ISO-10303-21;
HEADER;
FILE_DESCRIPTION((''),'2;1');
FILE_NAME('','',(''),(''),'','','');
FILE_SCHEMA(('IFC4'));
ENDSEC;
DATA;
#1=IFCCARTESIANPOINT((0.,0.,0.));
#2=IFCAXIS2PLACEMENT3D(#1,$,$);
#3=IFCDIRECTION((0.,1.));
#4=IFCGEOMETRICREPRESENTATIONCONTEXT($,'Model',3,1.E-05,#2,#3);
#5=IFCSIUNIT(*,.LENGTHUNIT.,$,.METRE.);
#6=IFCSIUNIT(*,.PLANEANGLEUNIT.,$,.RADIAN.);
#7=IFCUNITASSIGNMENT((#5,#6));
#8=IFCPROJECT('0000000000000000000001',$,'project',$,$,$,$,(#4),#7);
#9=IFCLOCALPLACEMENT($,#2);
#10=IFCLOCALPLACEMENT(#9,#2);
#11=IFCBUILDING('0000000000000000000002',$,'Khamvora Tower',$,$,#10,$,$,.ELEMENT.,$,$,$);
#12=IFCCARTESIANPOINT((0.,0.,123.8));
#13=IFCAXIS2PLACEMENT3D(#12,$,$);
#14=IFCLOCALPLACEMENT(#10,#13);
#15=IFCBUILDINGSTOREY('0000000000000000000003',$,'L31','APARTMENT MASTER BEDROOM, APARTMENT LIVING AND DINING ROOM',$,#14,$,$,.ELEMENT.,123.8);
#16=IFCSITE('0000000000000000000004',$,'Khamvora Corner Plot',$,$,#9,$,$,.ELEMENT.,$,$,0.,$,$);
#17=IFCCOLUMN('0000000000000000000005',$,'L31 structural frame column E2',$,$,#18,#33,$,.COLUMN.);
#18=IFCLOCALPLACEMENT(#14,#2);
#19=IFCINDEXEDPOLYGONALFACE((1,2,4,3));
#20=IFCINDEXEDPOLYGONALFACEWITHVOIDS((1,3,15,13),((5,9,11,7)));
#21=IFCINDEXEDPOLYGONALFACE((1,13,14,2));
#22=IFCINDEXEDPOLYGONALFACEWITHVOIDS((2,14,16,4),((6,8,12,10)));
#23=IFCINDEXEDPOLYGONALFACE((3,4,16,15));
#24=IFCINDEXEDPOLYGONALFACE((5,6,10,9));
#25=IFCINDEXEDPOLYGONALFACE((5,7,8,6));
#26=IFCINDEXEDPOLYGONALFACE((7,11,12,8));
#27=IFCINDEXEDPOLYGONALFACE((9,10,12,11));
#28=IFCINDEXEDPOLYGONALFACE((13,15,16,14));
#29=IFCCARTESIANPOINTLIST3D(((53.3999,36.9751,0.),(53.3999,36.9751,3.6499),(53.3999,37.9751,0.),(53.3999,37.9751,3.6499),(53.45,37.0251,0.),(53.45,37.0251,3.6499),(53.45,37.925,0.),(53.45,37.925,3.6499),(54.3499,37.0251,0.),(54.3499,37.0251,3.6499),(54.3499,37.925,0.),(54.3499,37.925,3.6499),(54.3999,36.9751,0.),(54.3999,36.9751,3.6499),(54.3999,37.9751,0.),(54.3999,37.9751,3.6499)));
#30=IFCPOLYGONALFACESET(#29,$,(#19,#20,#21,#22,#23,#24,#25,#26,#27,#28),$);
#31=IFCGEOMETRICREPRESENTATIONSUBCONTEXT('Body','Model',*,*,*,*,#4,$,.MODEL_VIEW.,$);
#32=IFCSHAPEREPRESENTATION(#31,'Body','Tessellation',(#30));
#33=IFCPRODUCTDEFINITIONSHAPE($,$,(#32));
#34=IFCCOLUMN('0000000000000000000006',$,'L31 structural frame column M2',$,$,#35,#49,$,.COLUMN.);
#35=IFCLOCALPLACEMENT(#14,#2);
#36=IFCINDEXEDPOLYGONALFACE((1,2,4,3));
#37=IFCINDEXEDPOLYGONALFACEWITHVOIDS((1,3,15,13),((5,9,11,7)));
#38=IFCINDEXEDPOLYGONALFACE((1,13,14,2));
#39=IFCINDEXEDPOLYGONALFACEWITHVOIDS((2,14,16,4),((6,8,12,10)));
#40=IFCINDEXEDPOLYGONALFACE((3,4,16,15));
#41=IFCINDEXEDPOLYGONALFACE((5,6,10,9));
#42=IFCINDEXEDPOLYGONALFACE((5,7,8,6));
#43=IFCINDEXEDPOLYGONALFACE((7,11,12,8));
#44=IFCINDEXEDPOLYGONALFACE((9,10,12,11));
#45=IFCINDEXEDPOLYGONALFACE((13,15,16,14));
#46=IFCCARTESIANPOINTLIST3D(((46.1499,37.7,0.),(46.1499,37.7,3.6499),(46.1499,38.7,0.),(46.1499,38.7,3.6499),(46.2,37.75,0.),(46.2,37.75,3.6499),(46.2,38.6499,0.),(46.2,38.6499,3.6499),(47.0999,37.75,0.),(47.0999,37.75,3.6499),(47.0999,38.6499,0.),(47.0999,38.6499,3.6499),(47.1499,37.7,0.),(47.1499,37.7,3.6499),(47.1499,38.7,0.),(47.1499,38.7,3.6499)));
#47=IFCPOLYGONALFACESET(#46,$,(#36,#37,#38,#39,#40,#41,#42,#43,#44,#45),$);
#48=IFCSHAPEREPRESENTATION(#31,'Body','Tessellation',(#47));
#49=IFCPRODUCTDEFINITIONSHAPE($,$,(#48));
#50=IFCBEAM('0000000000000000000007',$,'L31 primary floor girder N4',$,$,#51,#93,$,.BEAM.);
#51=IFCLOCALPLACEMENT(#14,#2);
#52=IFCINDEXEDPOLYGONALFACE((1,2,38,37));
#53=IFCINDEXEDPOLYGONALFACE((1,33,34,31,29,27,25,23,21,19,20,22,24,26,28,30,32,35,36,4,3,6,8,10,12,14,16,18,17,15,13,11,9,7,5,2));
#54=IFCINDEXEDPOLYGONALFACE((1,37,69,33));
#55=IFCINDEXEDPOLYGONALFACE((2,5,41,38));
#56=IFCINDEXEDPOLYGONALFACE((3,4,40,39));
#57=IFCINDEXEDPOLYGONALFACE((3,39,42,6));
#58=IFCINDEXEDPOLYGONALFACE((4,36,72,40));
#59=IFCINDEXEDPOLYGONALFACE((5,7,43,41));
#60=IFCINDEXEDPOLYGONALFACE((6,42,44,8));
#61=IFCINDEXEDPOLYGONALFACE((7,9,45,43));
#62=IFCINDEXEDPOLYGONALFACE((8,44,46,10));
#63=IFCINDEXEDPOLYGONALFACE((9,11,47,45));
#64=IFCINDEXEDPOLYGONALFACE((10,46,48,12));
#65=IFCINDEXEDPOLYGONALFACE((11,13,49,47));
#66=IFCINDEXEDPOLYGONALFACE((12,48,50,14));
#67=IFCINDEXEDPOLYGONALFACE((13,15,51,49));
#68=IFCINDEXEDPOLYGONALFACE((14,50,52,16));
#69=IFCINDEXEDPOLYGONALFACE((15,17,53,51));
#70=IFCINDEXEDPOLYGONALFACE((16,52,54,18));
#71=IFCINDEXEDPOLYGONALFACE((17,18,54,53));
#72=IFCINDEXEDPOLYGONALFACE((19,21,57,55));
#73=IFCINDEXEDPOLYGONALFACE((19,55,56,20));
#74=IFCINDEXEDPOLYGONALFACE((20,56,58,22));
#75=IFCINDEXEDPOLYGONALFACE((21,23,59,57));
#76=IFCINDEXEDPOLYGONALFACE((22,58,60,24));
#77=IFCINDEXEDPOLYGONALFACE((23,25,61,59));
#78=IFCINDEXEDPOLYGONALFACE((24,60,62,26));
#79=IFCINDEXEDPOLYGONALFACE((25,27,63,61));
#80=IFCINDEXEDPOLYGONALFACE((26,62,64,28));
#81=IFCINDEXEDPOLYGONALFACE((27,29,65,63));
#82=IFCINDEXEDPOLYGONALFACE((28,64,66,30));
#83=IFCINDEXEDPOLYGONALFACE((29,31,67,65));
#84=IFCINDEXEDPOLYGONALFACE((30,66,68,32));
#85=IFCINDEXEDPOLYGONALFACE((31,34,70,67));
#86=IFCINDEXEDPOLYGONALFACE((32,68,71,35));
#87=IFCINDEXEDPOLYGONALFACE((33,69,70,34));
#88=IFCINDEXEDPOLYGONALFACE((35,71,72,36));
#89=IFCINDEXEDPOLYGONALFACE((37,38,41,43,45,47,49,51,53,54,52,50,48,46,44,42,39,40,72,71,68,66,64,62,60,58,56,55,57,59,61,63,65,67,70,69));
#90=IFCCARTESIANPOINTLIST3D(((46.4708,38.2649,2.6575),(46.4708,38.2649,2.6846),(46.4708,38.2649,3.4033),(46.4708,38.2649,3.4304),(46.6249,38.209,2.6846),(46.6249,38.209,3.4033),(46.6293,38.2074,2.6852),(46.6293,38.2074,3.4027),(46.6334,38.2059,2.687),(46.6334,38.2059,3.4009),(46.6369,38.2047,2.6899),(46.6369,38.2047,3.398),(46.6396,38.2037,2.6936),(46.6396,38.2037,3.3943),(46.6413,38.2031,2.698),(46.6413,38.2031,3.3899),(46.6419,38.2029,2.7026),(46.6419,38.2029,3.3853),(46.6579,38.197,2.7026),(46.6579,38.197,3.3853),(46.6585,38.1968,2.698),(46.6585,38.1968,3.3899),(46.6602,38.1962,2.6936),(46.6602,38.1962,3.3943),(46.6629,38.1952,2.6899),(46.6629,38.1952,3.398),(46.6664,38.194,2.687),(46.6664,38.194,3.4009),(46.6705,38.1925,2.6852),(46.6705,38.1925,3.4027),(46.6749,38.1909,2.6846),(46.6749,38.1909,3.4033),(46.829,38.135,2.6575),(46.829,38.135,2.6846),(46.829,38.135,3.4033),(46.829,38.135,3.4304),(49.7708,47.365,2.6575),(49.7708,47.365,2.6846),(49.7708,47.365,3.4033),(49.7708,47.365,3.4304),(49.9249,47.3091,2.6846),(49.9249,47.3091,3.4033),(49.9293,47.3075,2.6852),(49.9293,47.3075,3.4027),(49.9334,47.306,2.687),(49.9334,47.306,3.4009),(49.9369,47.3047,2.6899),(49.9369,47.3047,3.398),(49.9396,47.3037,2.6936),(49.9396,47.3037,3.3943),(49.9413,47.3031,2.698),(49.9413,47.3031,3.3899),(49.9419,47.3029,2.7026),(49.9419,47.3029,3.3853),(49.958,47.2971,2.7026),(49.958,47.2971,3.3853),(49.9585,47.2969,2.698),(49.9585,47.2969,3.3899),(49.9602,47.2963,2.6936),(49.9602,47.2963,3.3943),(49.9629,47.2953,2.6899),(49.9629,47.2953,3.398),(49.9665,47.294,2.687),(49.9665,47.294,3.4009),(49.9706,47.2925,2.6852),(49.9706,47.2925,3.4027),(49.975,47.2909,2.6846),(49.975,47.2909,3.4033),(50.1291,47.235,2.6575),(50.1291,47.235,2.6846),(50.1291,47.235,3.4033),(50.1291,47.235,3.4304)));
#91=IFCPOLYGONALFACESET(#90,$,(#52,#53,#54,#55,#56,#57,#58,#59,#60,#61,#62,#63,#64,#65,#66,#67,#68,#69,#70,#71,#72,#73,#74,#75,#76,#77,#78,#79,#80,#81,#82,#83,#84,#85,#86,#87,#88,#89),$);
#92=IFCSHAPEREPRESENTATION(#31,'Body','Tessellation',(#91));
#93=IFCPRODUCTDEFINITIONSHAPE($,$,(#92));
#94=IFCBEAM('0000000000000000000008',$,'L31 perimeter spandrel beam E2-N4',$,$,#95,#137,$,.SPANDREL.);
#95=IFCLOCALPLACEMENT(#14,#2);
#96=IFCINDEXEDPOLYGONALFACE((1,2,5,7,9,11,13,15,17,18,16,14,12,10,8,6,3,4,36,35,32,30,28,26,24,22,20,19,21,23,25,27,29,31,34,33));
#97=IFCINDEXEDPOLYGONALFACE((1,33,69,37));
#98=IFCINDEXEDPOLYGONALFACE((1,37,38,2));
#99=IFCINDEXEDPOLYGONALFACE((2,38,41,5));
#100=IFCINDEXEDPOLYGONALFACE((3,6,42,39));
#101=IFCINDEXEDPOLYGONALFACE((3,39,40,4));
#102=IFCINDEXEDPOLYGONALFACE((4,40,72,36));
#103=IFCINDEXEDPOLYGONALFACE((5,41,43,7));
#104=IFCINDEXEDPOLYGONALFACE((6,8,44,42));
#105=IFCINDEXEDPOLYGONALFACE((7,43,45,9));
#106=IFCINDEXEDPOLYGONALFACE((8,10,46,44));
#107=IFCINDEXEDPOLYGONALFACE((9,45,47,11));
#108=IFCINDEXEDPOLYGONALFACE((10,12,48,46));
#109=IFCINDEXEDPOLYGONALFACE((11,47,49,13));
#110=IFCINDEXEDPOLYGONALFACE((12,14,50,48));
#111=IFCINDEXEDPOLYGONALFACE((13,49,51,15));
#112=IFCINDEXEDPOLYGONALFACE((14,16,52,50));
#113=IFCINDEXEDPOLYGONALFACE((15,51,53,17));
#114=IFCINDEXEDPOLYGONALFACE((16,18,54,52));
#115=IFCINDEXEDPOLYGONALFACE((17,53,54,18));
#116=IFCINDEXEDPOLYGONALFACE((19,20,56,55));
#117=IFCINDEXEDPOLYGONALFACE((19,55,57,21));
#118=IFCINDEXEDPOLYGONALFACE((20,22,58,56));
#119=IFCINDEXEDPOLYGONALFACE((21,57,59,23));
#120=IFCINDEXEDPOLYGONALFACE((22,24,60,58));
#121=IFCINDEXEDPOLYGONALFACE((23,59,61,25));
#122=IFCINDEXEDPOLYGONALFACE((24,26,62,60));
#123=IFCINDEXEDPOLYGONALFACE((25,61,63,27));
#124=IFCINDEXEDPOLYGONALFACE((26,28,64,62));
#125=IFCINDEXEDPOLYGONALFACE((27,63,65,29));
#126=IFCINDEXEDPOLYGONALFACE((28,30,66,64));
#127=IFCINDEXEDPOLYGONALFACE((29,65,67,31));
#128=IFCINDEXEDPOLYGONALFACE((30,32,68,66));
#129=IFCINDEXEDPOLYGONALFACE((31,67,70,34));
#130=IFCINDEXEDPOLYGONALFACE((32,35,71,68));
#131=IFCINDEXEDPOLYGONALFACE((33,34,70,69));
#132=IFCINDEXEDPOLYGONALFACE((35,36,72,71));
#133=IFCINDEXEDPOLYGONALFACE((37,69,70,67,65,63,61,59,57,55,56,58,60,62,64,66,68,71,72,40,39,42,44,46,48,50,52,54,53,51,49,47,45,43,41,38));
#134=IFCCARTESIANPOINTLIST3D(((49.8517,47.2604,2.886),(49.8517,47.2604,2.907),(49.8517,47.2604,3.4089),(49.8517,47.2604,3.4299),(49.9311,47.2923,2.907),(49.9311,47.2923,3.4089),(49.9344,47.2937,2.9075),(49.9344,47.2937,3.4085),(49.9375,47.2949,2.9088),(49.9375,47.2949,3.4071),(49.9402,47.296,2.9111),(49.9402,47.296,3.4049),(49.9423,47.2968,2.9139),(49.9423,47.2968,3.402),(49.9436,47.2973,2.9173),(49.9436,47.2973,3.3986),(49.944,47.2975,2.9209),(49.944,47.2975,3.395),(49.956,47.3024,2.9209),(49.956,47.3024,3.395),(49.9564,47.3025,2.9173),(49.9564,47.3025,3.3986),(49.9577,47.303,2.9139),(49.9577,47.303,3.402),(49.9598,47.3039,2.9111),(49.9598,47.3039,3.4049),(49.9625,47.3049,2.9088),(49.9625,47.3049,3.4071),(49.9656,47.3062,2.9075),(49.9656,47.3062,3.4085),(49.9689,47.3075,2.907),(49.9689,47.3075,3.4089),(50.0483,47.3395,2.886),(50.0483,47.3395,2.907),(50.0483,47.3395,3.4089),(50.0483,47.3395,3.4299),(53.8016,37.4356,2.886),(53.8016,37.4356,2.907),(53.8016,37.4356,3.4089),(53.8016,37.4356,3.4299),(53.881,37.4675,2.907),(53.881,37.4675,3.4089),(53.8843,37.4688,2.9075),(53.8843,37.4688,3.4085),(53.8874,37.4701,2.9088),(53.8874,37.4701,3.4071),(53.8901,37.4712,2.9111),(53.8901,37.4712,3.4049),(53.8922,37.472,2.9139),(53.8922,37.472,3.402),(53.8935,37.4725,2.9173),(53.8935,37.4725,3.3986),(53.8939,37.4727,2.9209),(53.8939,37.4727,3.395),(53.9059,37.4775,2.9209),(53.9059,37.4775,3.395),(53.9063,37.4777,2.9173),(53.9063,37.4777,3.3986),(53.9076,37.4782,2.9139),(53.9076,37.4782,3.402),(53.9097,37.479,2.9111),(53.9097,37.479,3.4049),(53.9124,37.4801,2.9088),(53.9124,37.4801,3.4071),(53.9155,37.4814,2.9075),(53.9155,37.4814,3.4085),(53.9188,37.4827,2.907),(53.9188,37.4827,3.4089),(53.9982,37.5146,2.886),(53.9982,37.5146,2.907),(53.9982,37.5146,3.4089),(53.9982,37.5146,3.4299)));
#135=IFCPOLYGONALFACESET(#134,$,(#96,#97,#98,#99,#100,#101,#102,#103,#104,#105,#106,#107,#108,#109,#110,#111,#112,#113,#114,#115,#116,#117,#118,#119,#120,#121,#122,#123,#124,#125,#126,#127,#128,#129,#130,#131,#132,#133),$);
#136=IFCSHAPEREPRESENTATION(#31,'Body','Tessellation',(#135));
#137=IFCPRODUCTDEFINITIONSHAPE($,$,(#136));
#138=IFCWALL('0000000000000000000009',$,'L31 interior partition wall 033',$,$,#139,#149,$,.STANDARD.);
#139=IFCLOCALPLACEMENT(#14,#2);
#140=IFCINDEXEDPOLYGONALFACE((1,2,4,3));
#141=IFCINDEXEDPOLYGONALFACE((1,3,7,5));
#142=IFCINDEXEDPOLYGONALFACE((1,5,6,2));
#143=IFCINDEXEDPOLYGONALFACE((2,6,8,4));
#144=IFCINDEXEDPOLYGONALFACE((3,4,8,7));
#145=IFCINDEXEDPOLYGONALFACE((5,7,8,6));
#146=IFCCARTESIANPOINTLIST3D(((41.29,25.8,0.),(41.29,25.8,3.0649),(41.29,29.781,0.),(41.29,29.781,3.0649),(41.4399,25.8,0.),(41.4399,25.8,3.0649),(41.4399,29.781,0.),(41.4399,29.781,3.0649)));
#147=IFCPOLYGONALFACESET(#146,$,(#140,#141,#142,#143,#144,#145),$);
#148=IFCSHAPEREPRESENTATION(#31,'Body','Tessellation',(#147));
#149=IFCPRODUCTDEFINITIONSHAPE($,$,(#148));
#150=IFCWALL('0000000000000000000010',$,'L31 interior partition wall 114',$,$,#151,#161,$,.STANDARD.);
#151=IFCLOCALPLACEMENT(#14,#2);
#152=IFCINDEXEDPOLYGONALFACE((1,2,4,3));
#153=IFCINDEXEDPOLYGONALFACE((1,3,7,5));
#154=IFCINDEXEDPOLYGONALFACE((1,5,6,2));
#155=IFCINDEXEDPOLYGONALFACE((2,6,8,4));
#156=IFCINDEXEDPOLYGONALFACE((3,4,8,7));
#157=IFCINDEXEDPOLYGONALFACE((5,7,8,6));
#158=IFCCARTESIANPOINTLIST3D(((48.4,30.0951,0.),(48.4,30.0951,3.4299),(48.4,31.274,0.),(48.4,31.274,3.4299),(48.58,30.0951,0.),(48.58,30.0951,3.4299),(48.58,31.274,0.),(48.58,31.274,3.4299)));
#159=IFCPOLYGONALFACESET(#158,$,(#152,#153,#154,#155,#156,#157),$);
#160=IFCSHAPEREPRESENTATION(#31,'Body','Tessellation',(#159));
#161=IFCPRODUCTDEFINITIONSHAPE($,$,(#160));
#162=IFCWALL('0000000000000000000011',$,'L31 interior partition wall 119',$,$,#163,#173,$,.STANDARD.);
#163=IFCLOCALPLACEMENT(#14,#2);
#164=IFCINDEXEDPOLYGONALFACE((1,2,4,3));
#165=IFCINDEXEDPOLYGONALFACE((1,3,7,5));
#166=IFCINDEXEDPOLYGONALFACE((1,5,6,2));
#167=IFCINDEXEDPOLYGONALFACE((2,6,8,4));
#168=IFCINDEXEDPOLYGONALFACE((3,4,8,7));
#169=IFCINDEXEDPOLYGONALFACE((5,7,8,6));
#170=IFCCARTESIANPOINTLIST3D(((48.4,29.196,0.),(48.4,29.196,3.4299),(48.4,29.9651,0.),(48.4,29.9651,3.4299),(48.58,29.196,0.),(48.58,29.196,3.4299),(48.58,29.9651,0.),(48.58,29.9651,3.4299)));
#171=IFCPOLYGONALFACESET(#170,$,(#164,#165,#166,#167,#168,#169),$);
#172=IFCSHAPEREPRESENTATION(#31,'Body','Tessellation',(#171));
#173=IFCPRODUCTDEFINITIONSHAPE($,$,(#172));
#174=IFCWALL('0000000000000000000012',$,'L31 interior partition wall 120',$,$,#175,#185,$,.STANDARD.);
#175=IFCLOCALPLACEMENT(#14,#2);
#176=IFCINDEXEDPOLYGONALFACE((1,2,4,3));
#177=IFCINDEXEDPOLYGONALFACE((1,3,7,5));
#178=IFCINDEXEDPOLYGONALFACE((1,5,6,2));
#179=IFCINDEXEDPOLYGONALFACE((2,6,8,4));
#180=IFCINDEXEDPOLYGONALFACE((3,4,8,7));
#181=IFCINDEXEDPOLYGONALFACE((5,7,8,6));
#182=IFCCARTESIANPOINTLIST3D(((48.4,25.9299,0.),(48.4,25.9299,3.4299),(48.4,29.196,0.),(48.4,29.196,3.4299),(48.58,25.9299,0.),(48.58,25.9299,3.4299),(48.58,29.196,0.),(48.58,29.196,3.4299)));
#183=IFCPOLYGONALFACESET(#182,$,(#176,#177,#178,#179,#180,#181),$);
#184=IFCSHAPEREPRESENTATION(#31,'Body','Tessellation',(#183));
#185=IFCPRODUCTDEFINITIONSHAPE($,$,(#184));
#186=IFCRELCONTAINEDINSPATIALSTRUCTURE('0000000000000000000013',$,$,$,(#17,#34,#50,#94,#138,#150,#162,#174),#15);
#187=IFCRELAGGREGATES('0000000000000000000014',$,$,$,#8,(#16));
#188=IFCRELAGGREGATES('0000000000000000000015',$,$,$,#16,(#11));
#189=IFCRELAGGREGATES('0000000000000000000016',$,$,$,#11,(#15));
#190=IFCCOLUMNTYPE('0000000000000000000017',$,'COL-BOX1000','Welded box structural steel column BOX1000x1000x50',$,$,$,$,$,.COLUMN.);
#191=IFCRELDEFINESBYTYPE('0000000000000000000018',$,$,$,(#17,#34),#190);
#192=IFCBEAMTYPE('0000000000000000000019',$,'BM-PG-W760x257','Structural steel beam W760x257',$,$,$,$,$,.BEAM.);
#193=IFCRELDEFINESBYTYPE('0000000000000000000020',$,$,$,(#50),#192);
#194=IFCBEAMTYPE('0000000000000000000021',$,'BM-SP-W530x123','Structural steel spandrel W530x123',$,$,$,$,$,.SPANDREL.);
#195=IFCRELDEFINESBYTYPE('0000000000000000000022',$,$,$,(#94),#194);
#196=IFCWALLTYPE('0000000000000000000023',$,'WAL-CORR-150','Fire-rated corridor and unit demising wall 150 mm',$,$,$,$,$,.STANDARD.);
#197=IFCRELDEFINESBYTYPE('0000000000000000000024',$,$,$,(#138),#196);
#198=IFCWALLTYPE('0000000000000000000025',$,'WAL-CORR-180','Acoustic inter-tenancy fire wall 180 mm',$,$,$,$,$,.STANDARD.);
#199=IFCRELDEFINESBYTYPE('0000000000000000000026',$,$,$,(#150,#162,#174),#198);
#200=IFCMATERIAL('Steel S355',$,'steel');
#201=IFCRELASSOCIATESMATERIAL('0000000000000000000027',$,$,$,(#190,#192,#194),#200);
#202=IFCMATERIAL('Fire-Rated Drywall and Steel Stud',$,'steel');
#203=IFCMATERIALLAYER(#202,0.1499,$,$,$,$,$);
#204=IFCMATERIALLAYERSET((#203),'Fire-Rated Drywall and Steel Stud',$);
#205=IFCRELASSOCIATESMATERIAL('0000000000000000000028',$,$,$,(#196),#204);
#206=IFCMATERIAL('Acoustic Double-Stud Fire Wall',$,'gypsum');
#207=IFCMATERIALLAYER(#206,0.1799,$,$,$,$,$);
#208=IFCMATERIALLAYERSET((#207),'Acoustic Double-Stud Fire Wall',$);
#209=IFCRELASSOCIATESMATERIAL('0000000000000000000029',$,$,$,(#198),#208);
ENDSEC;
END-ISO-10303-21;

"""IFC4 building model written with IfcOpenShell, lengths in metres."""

from ifc_helpers import new_model, si_unit, direction, frame, frame_2d, origin, origin_2d, place, context, subcontext, project, spatial, rectangle, hollow_rectangle, i_section, extrude, material, layer, layer_set, material_profile, profile_set, type_object, element, save


model = new_model("IFC4")

# Units and contexts
model_context = context("Model", 3, precision=1e-05, world=origin(), true_north=direction((0.0, 1.0)))
body_context = subcontext(model_context, "Body", "Model", "MODEL_VIEW")
ifc_project = project(units=[si_unit("LENGTHUNIT", "METRE"), si_unit("PLANEANGLEUNIT", "RADIAN")], contexts=[model_context])

# Site, building, storey
site_placement = place(None, origin())
site = spatial("IfcSite", under=ifc_project, at=site_placement, Name="Khamvora Corner Plot", CompositionType="ELEMENT", RefElevation=0.0)
building_placement = place(site_placement, origin())
building = spatial("IfcBuilding", under=site, at=building_placement, Name="Khamvora Tower", CompositionType="ELEMENT")
storey_placement = place(building_placement, frame((0.0, 0.0, 123.8)))
storey = spatial("IfcBuildingStorey", under=building, at=storey_placement, Name="L31", Description="APARTMENT MASTER BEDROOM, APARTMENT LIVING AND DINING ROOM", CompositionType="ELEMENT", Elevation=123.8)

# Columns
ifc_material_1 = material(Name="Steel S355", Category="steel")
ifc_material_profile_1 = material_profile(ifc_material_1, hollow_rectangle(XDim=1.0, YDim=1.0, WallThickness=0.05, at=origin_2d()), Name="BOX1000x1000x50")
ifc_profile_set_1 = profile_set([ifc_material_profile_1], Name="Steel S355")
column_type = type_object("IfcColumnType", Name="COL-BOX1000", Description="Welded box structural steel column BOX1000x1000x50", PredefinedType="COLUMN", material=ifc_profile_set_1)
for number, where, z_axis, x_axis, name in (
    (1, (53.8999, 37.4751, 0.0), (0.0, 0.0, 1.0), (1.0, 0.0, 0.0), "L31 structural frame column E2"),
    (2, (46.6499, 38.2, 0.0), (0.0, 0.0, 1.0), (1.0, 0.0, 0.0), "L31 structural frame column M2"),
):
    element("IfcColumn", number, at=place(storey_placement, frame(where, z_axis=z_axis, x_axis=x_axis)), inside=storey, type_object=column_type, Name=name, PredefinedType="COLUMN", context=body_context, shape_type="SweptSolid", body=[
        extrude(hollow_rectangle(XDim=1.0, YDim=1.0, WallThickness=0.05, at=origin_2d()), origin(), (0.0, 0.0, 1.0), 3.6499),
    ])

# Beams
ifc_material_profile_2 = material_profile(ifc_material_1, i_section(OverallWidth=0.3811, OverallDepth=0.7729, WebThickness=0.0171, FlangeThickness=0.0271, FilletRadius=0.0181, at=origin_2d()), Name="W760x257")
ifc_profile_set_2 = profile_set([ifc_material_profile_2], Name="Steel S355")
beam_type_1 = type_object("IfcBeamType", Name="BM-PG-W760x257", Description="Structural steel beam W760x257", PredefinedType="BEAM", material=ifc_profile_set_2)
beam_1_placement = place(storey_placement, frame((46.6499, 38.2, 3.0439), z_axis=(0.340915, 0.940094, 0.0), x_axis=(-0.940094, 0.340915, 0.0)))
element("IfcBeam", 3, at=beam_1_placement, inside=storey, type_object=beam_type_1, Name="L31 primary floor girder N4", PredefinedType="BEAM", context=body_context, shape_type="SweptSolid", body=[
    extrude(i_section(OverallWidth=0.3811, OverallDepth=0.7729, WebThickness=0.0171, FlangeThickness=0.0271, FilletRadius=0.0181, at=origin_2d()), origin(), (0.0, 0.0, 1.0), 9.6799),
])
ifc_material_profile_3 = material_profile(ifc_material_1, i_section(OverallWidth=0.2119, OverallDepth=0.5439, WebThickness=0.0129, FlangeThickness=0.021, FilletRadius=0.0139, at=origin_2d()), Name="W530x123")
ifc_profile_set_3 = profile_set([ifc_material_profile_3], Name="Steel S355")
beam_type_2 = type_object("IfcBeamType", Name="BM-SP-W530x123", Description="Structural steel spandrel W530x123", PredefinedType="SPANDREL", material=ifc_profile_set_3)
beam_2_placement = place(storey_placement, frame((53.8999, 37.4751, 3.158), z_axis=(-0.373016, 0.927825, 0.0), x_axis=(-0.927825, -0.373016, 0.0)))
element("IfcBeam", 4, at=beam_2_placement, inside=storey, type_object=beam_type_2, Name="L31 perimeter spandrel beam E2-N4", PredefinedType="SPANDREL", context=body_context, shape_type="SweptSolid", body=[
    extrude(i_section(OverallWidth=0.2119, OverallDepth=0.5439, WebThickness=0.0129, FlangeThickness=0.021, FilletRadius=0.0139, at=origin_2d()), origin(), (0.0, 0.0, 1.0), 10.5891),
])

# Walls
ifc_material_2 = material(Name="Fire-Rated Drywall and Steel Stud", Category="steel")
ifc_layer_1 = layer(ifc_material_2, 0.1499)
ifc_layer_set_1 = layer_set([ifc_layer_1], Name="Fire-Rated Drywall and Steel Stud")
wall_type_1 = type_object("IfcWallType", Name="WAL-CORR-150", Description="Fire-rated corridor and unit demising wall 150 mm", PredefinedType="STANDARD", material=ifc_layer_set_1)
wall_1_placement = place(storey_placement, frame((41.365, 29.781, 0.0), z_axis=(0.0, 0.0, 1.0), x_axis=(0.0, -1.0, 0.0)))
element("IfcWall", 5, at=wall_1_placement, inside=storey, type_object=wall_type_1, Name="L31 interior partition wall 033", PredefinedType="STANDARD", context=body_context, shape_type="SweptSolid", body=[
    extrude(rectangle(XDim=3.981, YDim=0.1499, at=frame_2d((1.9905, 0.0))), origin(), (0.0, 0.0, 1.0), 3.0649),
])
ifc_material_3 = material(Name="Acoustic Double-Stud Fire Wall", Category="gypsum")
ifc_layer_2 = layer(ifc_material_3, 0.1799)
ifc_layer_set_2 = layer_set([ifc_layer_2], Name="Acoustic Double-Stud Fire Wall")
wall_type_2 = type_object("IfcWallType", Name="WAL-CORR-180", Description="Acoustic inter-tenancy fire wall 180 mm", PredefinedType="STANDARD", material=ifc_layer_set_2)
wall_2_placement = place(storey_placement, frame((48.49, 31.2739, 0.0), z_axis=(0.0, 0.0, 1.0), x_axis=(0.0, -1.0, 0.0)))
element("IfcWall", 6, at=wall_2_placement, inside=storey, type_object=wall_type_2, Name="L31 interior partition wall 114", PredefinedType="STANDARD", context=body_context, shape_type="SweptSolid", body=[
    extrude(rectangle(XDim=1.179, YDim=0.1799, at=frame_2d((0.5894, 0.0))), origin(), (0.0, 0.0, 1.0), 3.4299),
])
wall_3_placement = place(storey_placement, frame((48.49, 29.9651, 0.0), z_axis=(0.0, 0.0, 1.0), x_axis=(0.0, -1.0, 0.0)))
element("IfcWall", 7, at=wall_3_placement, inside=storey, type_object=wall_type_2, Name="L31 interior partition wall 119", PredefinedType="STANDARD", context=body_context, shape_type="SweptSolid", body=[
    extrude(rectangle(XDim=0.769, YDim=0.1799, at=frame_2d((0.3845, 0.0))), origin(), (0.0, 0.0, 1.0), 3.4299),
])
wall_4_placement = place(storey_placement, frame((48.49, 29.196, 0.0), z_axis=(0.0, 0.0, 1.0), x_axis=(0.0, -1.0, 0.0)))
element("IfcWall", 8, at=wall_4_placement, inside=storey, type_object=wall_type_2, Name="L31 interior partition wall 120", PredefinedType="STANDARD", context=body_context, shape_type="SweptSolid", body=[
    extrude(rectangle(XDim=3.2661, YDim=0.1799, at=frame_2d((1.6331, 0.0))), origin(), (0.0, 0.0, 1.0), 3.4299),
])

save(model, "model.ifc")
